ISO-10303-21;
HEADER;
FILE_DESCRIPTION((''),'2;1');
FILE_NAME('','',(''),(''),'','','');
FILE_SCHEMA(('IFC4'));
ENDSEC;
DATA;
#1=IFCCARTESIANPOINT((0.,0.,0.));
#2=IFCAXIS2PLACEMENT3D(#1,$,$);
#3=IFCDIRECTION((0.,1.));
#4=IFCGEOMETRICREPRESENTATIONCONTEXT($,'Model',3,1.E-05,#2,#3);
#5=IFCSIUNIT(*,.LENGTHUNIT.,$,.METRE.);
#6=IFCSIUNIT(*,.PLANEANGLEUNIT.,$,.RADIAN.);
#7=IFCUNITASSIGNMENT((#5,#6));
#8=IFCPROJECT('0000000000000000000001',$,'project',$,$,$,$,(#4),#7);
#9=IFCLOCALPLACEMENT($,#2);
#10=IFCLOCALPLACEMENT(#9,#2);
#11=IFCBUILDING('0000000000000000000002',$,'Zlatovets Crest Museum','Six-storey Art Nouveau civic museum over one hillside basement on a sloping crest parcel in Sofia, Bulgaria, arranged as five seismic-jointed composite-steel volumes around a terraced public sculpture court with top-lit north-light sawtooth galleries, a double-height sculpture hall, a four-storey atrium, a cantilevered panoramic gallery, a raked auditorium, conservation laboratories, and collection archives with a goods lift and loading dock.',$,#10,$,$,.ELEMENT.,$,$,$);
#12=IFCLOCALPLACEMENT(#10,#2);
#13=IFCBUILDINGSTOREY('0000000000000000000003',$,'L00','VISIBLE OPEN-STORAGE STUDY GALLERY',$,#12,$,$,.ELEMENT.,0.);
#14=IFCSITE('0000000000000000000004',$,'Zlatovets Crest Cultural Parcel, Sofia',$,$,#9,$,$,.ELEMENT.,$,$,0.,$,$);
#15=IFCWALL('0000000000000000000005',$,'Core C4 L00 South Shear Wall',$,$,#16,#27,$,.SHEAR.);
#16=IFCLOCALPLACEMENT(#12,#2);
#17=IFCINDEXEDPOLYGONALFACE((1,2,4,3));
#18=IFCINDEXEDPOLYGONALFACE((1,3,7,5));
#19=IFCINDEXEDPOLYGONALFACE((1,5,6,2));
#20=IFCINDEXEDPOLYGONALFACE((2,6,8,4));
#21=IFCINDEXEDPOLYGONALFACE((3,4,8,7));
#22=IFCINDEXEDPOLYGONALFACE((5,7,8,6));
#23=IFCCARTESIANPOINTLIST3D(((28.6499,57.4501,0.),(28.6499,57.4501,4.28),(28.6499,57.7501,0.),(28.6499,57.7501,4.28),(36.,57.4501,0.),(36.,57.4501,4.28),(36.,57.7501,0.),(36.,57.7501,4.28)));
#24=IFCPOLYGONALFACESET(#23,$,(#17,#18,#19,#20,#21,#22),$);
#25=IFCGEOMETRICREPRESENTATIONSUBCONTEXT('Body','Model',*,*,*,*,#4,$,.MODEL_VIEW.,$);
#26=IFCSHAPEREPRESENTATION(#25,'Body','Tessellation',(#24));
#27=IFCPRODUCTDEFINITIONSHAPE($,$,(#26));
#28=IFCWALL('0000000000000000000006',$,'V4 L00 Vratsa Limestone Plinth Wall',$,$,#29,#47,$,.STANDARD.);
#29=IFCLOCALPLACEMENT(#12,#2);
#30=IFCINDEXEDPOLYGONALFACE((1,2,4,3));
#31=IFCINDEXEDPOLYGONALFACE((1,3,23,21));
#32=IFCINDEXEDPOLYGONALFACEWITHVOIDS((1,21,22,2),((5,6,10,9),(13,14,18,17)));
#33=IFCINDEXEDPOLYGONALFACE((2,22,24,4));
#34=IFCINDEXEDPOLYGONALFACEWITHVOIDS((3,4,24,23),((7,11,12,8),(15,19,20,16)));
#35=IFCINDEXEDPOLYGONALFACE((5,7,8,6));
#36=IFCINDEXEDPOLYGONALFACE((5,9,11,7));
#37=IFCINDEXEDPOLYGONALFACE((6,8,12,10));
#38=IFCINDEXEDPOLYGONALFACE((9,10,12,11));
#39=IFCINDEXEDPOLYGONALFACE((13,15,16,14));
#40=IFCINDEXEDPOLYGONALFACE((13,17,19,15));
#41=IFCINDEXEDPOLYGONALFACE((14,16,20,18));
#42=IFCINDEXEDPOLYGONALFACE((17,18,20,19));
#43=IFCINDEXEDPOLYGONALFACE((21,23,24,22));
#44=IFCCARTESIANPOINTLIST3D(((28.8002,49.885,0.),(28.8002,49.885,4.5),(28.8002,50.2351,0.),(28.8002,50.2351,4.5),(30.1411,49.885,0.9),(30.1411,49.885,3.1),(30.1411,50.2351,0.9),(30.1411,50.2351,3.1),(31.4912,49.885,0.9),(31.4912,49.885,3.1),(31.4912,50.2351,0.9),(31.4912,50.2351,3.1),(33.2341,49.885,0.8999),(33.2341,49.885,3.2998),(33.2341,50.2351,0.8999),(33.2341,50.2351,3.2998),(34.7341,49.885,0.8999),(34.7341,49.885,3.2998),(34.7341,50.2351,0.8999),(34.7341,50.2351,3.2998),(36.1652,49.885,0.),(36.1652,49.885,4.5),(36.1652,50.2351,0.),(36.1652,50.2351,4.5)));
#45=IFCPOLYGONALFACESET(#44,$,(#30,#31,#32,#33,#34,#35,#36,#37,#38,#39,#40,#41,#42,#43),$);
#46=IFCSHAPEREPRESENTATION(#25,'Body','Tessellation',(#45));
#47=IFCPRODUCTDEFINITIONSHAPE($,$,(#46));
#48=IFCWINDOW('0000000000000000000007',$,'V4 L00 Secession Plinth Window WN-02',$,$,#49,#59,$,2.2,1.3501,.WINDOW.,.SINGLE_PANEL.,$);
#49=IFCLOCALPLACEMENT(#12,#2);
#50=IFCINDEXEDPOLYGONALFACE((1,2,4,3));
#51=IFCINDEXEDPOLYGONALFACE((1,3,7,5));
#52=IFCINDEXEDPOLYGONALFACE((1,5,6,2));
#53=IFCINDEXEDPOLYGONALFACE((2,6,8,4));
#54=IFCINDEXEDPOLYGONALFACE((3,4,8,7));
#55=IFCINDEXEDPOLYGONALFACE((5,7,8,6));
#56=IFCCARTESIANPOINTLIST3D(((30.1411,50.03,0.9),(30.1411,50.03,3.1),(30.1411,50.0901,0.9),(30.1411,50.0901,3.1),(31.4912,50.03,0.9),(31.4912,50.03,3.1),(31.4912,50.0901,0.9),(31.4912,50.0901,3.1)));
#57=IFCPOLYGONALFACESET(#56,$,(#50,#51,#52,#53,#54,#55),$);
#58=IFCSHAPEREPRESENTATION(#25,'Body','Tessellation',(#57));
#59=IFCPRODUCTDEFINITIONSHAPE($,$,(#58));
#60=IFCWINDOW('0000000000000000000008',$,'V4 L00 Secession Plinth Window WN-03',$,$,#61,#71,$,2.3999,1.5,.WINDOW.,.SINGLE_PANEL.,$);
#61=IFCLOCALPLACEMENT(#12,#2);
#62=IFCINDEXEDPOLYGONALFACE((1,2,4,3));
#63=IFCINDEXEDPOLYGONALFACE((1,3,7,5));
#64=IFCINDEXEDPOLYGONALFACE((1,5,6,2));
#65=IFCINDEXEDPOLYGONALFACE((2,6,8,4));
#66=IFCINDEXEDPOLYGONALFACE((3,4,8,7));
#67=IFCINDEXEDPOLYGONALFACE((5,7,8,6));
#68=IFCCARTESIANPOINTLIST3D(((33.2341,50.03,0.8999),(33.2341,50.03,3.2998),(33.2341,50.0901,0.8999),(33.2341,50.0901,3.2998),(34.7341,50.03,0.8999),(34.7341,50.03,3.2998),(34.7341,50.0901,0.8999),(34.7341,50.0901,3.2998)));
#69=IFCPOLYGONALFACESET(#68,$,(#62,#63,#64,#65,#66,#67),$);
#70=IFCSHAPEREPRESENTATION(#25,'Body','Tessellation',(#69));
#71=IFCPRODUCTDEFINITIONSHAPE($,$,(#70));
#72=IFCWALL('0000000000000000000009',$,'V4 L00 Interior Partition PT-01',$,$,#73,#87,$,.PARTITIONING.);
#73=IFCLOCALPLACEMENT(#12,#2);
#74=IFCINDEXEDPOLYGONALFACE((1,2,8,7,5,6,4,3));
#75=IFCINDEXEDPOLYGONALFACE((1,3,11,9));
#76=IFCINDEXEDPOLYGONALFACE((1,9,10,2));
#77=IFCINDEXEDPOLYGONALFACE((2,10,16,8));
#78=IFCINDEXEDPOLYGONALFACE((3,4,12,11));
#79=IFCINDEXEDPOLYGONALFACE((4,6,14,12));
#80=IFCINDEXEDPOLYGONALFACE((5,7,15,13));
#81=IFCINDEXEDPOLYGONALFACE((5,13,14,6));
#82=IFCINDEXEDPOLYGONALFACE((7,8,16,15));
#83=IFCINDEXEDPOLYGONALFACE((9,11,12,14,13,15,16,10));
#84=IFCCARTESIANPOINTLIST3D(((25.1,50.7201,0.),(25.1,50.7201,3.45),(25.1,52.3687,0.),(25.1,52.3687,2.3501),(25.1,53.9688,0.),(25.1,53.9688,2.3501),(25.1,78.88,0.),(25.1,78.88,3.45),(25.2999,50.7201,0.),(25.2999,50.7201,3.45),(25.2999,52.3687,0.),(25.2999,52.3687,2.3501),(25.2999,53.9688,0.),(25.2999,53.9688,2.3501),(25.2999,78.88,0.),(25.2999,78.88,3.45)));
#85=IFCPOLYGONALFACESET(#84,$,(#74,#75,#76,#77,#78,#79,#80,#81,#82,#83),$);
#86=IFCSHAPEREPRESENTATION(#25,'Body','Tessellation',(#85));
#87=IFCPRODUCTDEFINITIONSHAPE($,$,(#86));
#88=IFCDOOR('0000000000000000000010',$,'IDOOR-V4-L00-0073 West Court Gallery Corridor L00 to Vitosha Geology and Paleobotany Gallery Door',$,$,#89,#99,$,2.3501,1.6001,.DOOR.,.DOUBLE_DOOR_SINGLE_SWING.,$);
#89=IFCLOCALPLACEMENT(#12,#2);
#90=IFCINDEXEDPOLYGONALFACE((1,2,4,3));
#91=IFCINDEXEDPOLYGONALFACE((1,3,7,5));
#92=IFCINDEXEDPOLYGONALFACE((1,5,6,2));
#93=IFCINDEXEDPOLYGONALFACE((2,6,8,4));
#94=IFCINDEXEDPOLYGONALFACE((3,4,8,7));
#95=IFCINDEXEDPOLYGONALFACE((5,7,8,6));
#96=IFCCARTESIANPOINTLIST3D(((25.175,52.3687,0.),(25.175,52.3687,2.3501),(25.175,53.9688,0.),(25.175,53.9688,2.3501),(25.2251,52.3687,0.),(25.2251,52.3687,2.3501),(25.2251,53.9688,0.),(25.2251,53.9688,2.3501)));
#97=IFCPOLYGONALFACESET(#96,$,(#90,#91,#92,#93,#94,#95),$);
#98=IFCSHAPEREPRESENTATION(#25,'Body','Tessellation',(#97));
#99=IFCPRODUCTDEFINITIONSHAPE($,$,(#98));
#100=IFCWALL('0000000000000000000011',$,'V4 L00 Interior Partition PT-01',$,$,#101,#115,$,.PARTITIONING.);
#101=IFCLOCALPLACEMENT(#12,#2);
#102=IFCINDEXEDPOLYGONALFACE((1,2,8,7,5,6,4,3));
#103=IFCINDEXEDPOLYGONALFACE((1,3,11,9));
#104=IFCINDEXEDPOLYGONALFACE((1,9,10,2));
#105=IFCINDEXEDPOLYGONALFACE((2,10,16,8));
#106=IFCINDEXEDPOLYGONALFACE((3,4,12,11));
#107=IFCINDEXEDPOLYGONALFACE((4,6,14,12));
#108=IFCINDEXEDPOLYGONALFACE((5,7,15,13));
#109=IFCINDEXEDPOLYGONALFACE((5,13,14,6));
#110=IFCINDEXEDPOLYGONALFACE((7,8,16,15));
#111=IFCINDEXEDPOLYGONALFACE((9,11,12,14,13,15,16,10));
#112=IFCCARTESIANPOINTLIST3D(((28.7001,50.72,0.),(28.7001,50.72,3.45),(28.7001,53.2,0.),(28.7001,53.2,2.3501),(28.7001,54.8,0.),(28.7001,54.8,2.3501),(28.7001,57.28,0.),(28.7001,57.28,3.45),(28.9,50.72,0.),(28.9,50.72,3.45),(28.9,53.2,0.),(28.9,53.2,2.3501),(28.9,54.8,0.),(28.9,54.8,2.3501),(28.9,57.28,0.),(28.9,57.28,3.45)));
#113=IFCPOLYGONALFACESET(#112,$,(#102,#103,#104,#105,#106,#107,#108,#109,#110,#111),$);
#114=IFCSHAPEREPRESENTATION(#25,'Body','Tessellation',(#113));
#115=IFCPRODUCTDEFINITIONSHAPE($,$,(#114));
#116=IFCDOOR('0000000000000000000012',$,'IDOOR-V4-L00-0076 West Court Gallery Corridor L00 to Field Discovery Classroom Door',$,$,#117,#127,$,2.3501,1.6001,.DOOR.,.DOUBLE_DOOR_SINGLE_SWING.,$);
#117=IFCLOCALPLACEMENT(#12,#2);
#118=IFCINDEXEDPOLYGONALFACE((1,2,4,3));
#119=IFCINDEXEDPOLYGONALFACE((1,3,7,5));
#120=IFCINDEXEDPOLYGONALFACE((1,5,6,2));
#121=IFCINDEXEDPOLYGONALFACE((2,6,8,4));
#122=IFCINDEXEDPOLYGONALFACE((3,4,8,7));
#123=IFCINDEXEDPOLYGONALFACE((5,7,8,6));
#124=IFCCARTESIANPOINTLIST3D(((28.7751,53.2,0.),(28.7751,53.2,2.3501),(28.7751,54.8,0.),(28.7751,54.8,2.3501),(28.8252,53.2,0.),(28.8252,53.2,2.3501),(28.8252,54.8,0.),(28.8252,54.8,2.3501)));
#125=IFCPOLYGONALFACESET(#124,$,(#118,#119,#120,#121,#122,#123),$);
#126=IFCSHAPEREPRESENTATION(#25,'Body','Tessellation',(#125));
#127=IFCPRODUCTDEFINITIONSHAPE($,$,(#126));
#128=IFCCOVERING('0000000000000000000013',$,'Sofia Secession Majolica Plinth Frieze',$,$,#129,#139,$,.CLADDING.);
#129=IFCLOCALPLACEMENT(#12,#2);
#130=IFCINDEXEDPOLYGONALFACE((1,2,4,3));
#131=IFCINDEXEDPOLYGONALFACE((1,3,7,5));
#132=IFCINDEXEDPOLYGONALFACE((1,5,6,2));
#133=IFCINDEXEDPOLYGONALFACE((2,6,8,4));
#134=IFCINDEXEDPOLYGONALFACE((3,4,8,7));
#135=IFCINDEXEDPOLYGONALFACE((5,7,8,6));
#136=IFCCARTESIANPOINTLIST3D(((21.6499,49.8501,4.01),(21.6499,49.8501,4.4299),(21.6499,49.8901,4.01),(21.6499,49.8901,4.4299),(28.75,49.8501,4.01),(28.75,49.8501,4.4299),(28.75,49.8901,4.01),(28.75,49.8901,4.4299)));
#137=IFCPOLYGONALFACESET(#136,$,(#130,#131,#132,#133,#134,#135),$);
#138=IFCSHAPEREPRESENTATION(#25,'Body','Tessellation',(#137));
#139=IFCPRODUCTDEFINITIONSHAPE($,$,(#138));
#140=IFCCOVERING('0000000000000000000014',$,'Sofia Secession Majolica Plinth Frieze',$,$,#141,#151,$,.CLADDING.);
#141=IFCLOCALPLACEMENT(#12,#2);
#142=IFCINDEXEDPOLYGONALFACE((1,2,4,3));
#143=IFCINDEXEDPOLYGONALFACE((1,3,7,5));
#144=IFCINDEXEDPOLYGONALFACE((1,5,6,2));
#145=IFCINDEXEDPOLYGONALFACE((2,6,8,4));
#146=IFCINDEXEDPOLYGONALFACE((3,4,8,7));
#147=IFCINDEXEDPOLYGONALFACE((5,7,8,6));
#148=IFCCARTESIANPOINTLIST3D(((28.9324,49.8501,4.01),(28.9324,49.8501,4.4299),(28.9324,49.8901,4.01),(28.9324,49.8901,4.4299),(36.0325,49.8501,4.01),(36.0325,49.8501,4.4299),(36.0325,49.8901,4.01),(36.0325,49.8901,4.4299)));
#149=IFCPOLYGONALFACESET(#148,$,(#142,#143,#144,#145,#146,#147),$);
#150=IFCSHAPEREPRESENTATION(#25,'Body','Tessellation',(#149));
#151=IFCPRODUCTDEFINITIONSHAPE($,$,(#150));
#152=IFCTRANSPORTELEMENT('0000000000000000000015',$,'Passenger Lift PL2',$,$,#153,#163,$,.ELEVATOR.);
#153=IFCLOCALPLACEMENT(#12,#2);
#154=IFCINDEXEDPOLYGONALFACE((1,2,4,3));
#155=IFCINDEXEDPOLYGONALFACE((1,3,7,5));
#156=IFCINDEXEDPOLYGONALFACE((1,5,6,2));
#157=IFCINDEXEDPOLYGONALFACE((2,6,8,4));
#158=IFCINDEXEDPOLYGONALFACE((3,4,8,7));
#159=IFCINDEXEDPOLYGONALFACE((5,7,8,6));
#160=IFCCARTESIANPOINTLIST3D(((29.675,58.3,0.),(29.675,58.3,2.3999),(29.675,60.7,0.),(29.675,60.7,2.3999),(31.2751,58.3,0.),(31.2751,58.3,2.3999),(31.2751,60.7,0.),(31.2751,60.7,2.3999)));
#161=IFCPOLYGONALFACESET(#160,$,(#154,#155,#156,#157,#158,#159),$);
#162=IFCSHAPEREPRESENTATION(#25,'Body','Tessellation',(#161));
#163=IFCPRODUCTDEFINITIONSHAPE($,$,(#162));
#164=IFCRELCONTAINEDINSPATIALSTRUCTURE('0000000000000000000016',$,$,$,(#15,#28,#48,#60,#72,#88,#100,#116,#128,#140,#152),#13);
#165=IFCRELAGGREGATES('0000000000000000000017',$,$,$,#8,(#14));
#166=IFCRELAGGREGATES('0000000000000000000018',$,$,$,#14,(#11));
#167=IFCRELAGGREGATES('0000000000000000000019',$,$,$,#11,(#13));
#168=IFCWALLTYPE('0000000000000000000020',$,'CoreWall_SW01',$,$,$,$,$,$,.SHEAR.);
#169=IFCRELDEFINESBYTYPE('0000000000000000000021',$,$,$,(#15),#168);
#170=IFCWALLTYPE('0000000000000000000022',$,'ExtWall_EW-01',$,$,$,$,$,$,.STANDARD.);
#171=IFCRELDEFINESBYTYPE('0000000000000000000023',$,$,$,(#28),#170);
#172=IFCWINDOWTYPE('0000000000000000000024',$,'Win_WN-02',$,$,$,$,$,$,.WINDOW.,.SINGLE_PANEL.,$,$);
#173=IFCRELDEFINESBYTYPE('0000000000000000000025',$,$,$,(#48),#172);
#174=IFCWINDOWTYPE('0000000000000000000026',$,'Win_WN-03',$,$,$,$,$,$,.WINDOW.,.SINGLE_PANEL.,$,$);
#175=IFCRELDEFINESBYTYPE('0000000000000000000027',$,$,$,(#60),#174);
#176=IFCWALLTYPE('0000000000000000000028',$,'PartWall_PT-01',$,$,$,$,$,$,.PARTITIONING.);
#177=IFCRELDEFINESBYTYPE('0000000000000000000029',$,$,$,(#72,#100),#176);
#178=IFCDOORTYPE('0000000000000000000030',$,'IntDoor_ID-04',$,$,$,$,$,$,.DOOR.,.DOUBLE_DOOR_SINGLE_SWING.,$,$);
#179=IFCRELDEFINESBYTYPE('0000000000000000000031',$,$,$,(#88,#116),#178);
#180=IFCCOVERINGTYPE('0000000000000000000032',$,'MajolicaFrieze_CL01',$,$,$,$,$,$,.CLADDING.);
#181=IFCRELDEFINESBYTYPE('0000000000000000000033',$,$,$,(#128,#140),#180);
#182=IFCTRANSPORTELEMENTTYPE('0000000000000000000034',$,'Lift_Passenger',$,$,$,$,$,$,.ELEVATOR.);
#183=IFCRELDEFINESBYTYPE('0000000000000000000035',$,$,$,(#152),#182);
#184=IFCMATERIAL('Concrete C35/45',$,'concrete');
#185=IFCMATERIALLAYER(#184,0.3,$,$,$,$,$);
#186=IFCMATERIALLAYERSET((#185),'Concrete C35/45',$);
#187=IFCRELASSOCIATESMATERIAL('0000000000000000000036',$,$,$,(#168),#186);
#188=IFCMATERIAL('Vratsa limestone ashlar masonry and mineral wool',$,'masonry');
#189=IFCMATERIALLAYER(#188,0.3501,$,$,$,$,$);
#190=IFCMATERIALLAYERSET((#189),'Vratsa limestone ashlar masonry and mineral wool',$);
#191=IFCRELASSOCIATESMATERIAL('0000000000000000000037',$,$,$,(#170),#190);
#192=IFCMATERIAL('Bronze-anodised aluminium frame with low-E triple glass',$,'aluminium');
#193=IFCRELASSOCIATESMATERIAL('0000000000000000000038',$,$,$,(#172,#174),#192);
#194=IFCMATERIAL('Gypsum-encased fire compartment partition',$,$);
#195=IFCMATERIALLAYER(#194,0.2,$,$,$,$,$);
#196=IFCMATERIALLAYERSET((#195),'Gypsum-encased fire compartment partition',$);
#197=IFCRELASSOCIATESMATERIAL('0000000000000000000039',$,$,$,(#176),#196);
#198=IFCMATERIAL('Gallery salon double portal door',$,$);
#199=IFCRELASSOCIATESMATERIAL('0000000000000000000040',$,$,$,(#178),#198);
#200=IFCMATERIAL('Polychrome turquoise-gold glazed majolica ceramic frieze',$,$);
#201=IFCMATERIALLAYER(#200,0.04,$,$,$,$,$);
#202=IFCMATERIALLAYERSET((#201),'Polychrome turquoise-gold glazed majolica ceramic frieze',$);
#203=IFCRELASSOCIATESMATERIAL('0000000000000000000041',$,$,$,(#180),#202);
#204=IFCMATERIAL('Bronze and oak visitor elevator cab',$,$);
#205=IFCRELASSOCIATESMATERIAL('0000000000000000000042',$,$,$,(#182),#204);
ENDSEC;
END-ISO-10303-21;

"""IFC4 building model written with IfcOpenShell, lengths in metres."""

from ifc_helpers import new_model, si_unit, direction, frame, frame_2d, origin, origin_2d, place, context, subcontext, project, spatial, rectangle, extrude, material, layer, layer_set, type_object, element, fill, save


model = new_model("IFC4")

# Units and contexts
model_context = context("Model", 3, precision=1e-05, world=origin(), true_north=direction((0.0, 1.0)))
body_context = subcontext(model_context, "Body", "Model", "MODEL_VIEW")
ifc_project = project(units=[si_unit("LENGTHUNIT", "METRE"), si_unit("PLANEANGLEUNIT", "RADIAN")], contexts=[model_context])

# Site, building, storey
site_placement = place(None, origin())
site = spatial("IfcSite", under=ifc_project, at=site_placement, Name="Zlatovets Crest Cultural Parcel, Sofia", CompositionType="ELEMENT", RefElevation=0.0)
building_placement = place(site_placement, origin())
building = spatial("IfcBuilding", under=site, at=building_placement, Name="Zlatovets Crest Museum", Description="Six-storey Art Nouveau civic museum over one hillside basement on a sloping crest parcel in Sofia, Bulgaria, arranged as five seismic-jointed composite-steel volumes around a terraced public sculpture court with top-lit north-light sawtooth galleries, a double-height sculpture hall, a four-storey atrium, a cantilevered panoramic gallery, a raked auditorium, conservation laboratories, and collection archives with a goods lift and loading dock.", CompositionType="ELEMENT")
storey_placement = place(building_placement, origin())
storey = spatial("IfcBuildingStorey", under=building, at=storey_placement, Name="L00", Description="VISIBLE OPEN-STORAGE STUDY GALLERY", CompositionType="ELEMENT", Elevation=0.0)

# Wall
ifc_material_1 = material(Name="Concrete C35/45", Category="concrete")
ifc_layer_1 = layer(ifc_material_1, 0.3)
ifc_layer_set_1 = layer_set([ifc_layer_1], Name="Concrete C35/45")
wall_type_1 = type_object("IfcWallType", Name="CoreWall_SW01", PredefinedType="SHEAR", material=ifc_layer_set_1)
wall_1_placement = place(storey_placement, frame((28.6499, 57.6001, 0.0), z_axis=(0.0, 0.0, 1.0), x_axis=(1.0, 0.0, 0.0)))
element("IfcWall", 1, at=wall_1_placement, inside=storey, type_object=wall_type_1, Name="Core C4 L00 South Shear Wall", PredefinedType="SHEAR", context=body_context, shape_type="SweptSolid", body=[
    extrude(rectangle(XDim=7.3501, YDim=0.3, at=frame_2d((3.675, 0.0))), origin(), (0.0, 0.0, 1.0), 4.28),
])

# Wall, openings, windows
ifc_material_2 = material(Name="Vratsa limestone ashlar masonry and mineral wool", Category="masonry")
ifc_layer_2 = layer(ifc_material_2, 0.3501)
ifc_layer_set_2 = layer_set([ifc_layer_2], Name="Vratsa limestone ashlar masonry and mineral wool")
wall_type_2 = type_object("IfcWallType", Name="ExtWall_EW-01", PredefinedType="STANDARD", material=ifc_layer_set_2)
wall_2_placement = place(storey_placement, frame((28.8, 50.0601, 0.0), z_axis=(0.0, 0.0, 1.0), x_axis=(1.0, 0.0, 0.0)))
wall_2 = element("IfcWall", 2, at=wall_2_placement, inside=storey, type_object=wall_type_2, Name="V4 L00 Vratsa Limestone Plinth Wall", PredefinedType="STANDARD", context=body_context, shape_type="SweptSolid", body=[
    extrude(rectangle(XDim=7.365, YDim=0.3501, at=frame_2d((3.6826, 0.0))), origin(), (0.0, 0.0, 1.0), 4.5),
])
opening_1_placement = place(wall_2_placement, frame((1.3411, 0.0, 0.8999)))
opening_1 = element("IfcOpeningElement", 3, at=opening_1_placement, cuts=wall_2, PredefinedType="OPENING", context=body_context, shape_type="SweptSolid", body=[
    extrude(rectangle(XDim=1.3501, YDim=2.2, at=frame_2d((0.675, 1.1001))), frame((0.0, 0.1851, 0.0), z_axis=(0.0, -1.0, 0.0), x_axis=(1.0, 0.0, 0.0)), (0.0, 0.0, 1.0), 0.3701),
])
opening_2_placement = place(wall_2_placement, frame((4.4341, 0.0, 0.8999)))
opening_2 = element("IfcOpeningElement", 4, at=opening_2_placement, cuts=wall_2, PredefinedType="OPENING", context=body_context, shape_type="SweptSolid", body=[
    extrude(rectangle(XDim=1.5, YDim=2.3999, at=frame_2d((0.75, 1.2))), frame((0.0, 0.1851, 0.0), z_axis=(0.0, -1.0, 0.0), x_axis=(1.0, 0.0, 0.0)), (0.0, 0.0, 1.0), 0.3701),
])
ifc_material_3 = material(Name="Bronze-anodised aluminium frame with low-E triple glass", Category="aluminium")
window_type_1 = type_object("IfcWindowType", Name="Win_WN-02", PartitioningType="SINGLE_PANEL", PredefinedType="WINDOW", material=ifc_material_3)
window_1_placement = place(opening_1_placement, origin())
window_1 = element("IfcWindow", 5, at=window_1_placement, inside=storey, type_object=window_type_1, Name="V4 L00 Secession Plinth Window WN-02", OverallHeight=2.2, OverallWidth=1.3501, PartitioningType="SINGLE_PANEL", PredefinedType="WINDOW", context=body_context, shape_type="SweptSolid", body=[
    extrude(rectangle(XDim=1.3501, YDim=2.2, at=frame_2d((0.675, 1.1001))), frame((0.0, 0.03, 0.0), z_axis=(0.0, -1.0, 0.0), x_axis=(1.0, 0.0, 0.0)), (0.0, 0.0, 1.0), 0.0601),
])
fill(opening_1, window_1)
window_type_2 = type_object("IfcWindowType", Name="Win_WN-03", PartitioningType="SINGLE_PANEL", PredefinedType="WINDOW", material=ifc_material_3)
window_2_placement = place(opening_2_placement, origin())
window_2 = element("IfcWindow", 6, at=window_2_placement, inside=storey, type_object=window_type_2, Name="V4 L00 Secession Plinth Window WN-03", OverallHeight=2.3999, OverallWidth=1.5, PartitioningType="SINGLE_PANEL", PredefinedType="WINDOW", context=body_context, shape_type="SweptSolid", body=[
    extrude(rectangle(XDim=1.5, YDim=2.3999, at=frame_2d((0.75, 1.2))), frame((0.0, 0.03, 0.0), z_axis=(0.0, -1.0, 0.0), x_axis=(1.0, 0.0, 0.0)), (0.0, 0.0, 1.0), 0.0601),
])
fill(opening_2, window_2)

# Walls, openings, doors
ifc_material_4 = material(Name="Gypsum-encased fire compartment partition")
ifc_layer_3 = layer(ifc_material_4, 0.2)
ifc_layer_set_3 = layer_set([ifc_layer_3], Name="Gypsum-encased fire compartment partition")
wall_type_3 = type_object("IfcWallType", Name="PartWall_PT-01", PredefinedType="PARTITIONING", material=ifc_layer_set_3)
wall_3_placement = place(storey_placement, frame((25.2, 50.72, 0.0), z_axis=(0.0, 0.0, 1.0), x_axis=(0.0, 1.0, 0.0)))
wall_3 = element("IfcWall", 7, at=wall_3_placement, inside=storey, type_object=wall_type_3, Name="V4 L00 Interior Partition PT-01", PredefinedType="PARTITIONING", context=body_context, shape_type="SweptSolid", body=[
    extrude(rectangle(XDim=28.1599, YDim=0.2, at=frame_2d((14.0801, 0.0))), origin(), (0.0, 0.0, 1.0), 3.45),
])
opening_3_placement = place(wall_3_placement, frame((1.6487, 0.0, 0.0)))
opening_3 = element("IfcOpeningElement", 8, at=opening_3_placement, cuts=wall_3, PredefinedType="OPENING", context=body_context, shape_type="SweptSolid", body=[
    extrude(rectangle(XDim=1.6001, YDim=2.3501, at=frame_2d((0.8, 1.175))), frame((0.0, 0.1099, 0.0), z_axis=(0.0, -1.0, 0.0), x_axis=(1.0, 0.0, 0.0)), (0.0, 0.0, 1.0), 0.22),
])
ifc_material_5 = material(Name="Gallery salon double portal door")
door_type_1 = type_object("IfcDoorType", Name="IntDoor_ID-04", OperationType="DOUBLE_DOOR_SINGLE_SWING", PredefinedType="DOOR", material=ifc_material_5)
door_1_placement = place(opening_3_placement, origin())
door_1 = element("IfcDoor", 9, at=door_1_placement, inside=storey, type_object=door_type_1, Name="IDOOR-V4-L00-0073 West Court Gallery Corridor L00 to Vitosha Geology and Paleobotany Gallery Door", OperationType="DOUBLE_DOOR_SINGLE_SWING", OverallHeight=2.3501, OverallWidth=1.6001, PredefinedType="DOOR", context=body_context, shape_type="SweptSolid", body=[
    extrude(rectangle(XDim=1.6001, YDim=2.3501, at=frame_2d((0.8, 1.175))), frame((0.0, 0.0249, 0.0), z_axis=(0.0, -1.0, 0.0), x_axis=(1.0, 0.0, 0.0)), (0.0, 0.0, 1.0), 0.05),
])
fill(opening_3, door_1)
wall_4_placement = place(storey_placement, frame((28.8, 50.72, 0.0), z_axis=(0.0, 0.0, 1.0), x_axis=(0.0, 1.0, 0.0)))
wall_4 = element("IfcWall", 10, at=wall_4_placement, inside=storey, type_object=wall_type_3, Name="V4 L00 Interior Partition PT-01", PredefinedType="PARTITIONING", context=body_context, shape_type="SweptSolid", body=[
    extrude(rectangle(XDim=6.5601, YDim=0.2, at=frame_2d((3.28, 0.0))), origin(), (0.0, 0.0, 1.0), 3.45),
])
opening_4_placement = place(wall_4_placement, frame((2.48, 0.0, 0.0)))
opening_4 = element("IfcOpeningElement", 11, at=opening_4_placement, cuts=wall_4, PredefinedType="OPENING", context=body_context, shape_type="SweptSolid", body=[
    extrude(rectangle(XDim=1.6001, YDim=2.3501, at=frame_2d((0.8, 1.175))), frame((0.0, 0.1099, 0.0), z_axis=(0.0, -1.0, 0.0), x_axis=(1.0, 0.0, 0.0)), (0.0, 0.0, 1.0), 0.22),
])
door_2_placement = place(opening_4_placement, origin())
door_2 = element("IfcDoor", 12, at=door_2_placement, inside=storey, type_object=door_type_1, Name="IDOOR-V4-L00-0076 West Court Gallery Corridor L00 to Field Discovery Classroom Door", OperationType="DOUBLE_DOOR_SINGLE_SWING", OverallHeight=2.3501, OverallWidth=1.6001, PredefinedType="DOOR", context=body_context, shape_type="SweptSolid", body=[
    extrude(rectangle(XDim=1.6001, YDim=2.3501, at=frame_2d((0.8, 1.175))), frame((0.0, 0.0249, 0.0), z_axis=(0.0, -1.0, 0.0), x_axis=(1.0, 0.0, 0.0)), (0.0, 0.0, 1.0), 0.05),
])
fill(opening_4, door_2)

# Coverings
ifc_material_6 = material(Name="Polychrome turquoise-gold glazed majolica ceramic frieze")
ifc_layer_4 = layer(ifc_material_6, 0.04)
ifc_layer_set_4 = layer_set([ifc_layer_4], Name="Polychrome turquoise-gold glazed majolica ceramic frieze")
covering_type = type_object("IfcCoveringType", Name="MajolicaFrieze_CL01", PredefinedType="CLADDING", material=ifc_layer_set_4)
for number, where, z_axis, x_axis, name in (
    (13, (25.2, 49.8701, 4.01), (0.0, 0.0, 1.0), (1.0, 0.0, 0.0), "Sofia Secession Majolica Plinth Frieze"),
    (14, (32.4824, 49.8701, 4.01), (0.0, 0.0, 1.0), (1.0, 0.0, 0.0), "Sofia Secession Majolica Plinth Frieze"),
):
    element("IfcCovering", number, at=place(storey_placement, frame(where, z_axis=z_axis, x_axis=x_axis)), inside=storey, type_object=covering_type, Name=name, PredefinedType="CLADDING", context=body_context, shape_type="SweptSolid", body=[
        extrude(rectangle(XDim=7.1001, YDim=0.04, at=origin_2d()), origin(), (0.0, 0.0, 1.0), 0.4199),
    ])

# Transport element
ifc_material_7 = material(Name="Bronze and oak visitor elevator cab")
transport_element_type = type_object("IfcTransportElementType", Name="Lift_Passenger", PredefinedType="ELEVATOR", material=ifc_material_7)
transport_element_placement = place(storey_placement, frame((30.4751, 59.5, 0.0), z_axis=(0.0, 0.0, 1.0), x_axis=(1.0, 0.0, 0.0)))
element("IfcTransportElement", 15, at=transport_element_placement, inside=storey, type_object=transport_element_type, Name="Passenger Lift PL2", PredefinedType="ELEVATOR", context=body_context, shape_type="SweptSolid", body=[
    extrude(rectangle(XDim=1.6001, YDim=2.3999, at=origin_2d()), origin(), (0.0, 0.0, 1.0), 2.3999),
])

save(model, "model.ifc")
